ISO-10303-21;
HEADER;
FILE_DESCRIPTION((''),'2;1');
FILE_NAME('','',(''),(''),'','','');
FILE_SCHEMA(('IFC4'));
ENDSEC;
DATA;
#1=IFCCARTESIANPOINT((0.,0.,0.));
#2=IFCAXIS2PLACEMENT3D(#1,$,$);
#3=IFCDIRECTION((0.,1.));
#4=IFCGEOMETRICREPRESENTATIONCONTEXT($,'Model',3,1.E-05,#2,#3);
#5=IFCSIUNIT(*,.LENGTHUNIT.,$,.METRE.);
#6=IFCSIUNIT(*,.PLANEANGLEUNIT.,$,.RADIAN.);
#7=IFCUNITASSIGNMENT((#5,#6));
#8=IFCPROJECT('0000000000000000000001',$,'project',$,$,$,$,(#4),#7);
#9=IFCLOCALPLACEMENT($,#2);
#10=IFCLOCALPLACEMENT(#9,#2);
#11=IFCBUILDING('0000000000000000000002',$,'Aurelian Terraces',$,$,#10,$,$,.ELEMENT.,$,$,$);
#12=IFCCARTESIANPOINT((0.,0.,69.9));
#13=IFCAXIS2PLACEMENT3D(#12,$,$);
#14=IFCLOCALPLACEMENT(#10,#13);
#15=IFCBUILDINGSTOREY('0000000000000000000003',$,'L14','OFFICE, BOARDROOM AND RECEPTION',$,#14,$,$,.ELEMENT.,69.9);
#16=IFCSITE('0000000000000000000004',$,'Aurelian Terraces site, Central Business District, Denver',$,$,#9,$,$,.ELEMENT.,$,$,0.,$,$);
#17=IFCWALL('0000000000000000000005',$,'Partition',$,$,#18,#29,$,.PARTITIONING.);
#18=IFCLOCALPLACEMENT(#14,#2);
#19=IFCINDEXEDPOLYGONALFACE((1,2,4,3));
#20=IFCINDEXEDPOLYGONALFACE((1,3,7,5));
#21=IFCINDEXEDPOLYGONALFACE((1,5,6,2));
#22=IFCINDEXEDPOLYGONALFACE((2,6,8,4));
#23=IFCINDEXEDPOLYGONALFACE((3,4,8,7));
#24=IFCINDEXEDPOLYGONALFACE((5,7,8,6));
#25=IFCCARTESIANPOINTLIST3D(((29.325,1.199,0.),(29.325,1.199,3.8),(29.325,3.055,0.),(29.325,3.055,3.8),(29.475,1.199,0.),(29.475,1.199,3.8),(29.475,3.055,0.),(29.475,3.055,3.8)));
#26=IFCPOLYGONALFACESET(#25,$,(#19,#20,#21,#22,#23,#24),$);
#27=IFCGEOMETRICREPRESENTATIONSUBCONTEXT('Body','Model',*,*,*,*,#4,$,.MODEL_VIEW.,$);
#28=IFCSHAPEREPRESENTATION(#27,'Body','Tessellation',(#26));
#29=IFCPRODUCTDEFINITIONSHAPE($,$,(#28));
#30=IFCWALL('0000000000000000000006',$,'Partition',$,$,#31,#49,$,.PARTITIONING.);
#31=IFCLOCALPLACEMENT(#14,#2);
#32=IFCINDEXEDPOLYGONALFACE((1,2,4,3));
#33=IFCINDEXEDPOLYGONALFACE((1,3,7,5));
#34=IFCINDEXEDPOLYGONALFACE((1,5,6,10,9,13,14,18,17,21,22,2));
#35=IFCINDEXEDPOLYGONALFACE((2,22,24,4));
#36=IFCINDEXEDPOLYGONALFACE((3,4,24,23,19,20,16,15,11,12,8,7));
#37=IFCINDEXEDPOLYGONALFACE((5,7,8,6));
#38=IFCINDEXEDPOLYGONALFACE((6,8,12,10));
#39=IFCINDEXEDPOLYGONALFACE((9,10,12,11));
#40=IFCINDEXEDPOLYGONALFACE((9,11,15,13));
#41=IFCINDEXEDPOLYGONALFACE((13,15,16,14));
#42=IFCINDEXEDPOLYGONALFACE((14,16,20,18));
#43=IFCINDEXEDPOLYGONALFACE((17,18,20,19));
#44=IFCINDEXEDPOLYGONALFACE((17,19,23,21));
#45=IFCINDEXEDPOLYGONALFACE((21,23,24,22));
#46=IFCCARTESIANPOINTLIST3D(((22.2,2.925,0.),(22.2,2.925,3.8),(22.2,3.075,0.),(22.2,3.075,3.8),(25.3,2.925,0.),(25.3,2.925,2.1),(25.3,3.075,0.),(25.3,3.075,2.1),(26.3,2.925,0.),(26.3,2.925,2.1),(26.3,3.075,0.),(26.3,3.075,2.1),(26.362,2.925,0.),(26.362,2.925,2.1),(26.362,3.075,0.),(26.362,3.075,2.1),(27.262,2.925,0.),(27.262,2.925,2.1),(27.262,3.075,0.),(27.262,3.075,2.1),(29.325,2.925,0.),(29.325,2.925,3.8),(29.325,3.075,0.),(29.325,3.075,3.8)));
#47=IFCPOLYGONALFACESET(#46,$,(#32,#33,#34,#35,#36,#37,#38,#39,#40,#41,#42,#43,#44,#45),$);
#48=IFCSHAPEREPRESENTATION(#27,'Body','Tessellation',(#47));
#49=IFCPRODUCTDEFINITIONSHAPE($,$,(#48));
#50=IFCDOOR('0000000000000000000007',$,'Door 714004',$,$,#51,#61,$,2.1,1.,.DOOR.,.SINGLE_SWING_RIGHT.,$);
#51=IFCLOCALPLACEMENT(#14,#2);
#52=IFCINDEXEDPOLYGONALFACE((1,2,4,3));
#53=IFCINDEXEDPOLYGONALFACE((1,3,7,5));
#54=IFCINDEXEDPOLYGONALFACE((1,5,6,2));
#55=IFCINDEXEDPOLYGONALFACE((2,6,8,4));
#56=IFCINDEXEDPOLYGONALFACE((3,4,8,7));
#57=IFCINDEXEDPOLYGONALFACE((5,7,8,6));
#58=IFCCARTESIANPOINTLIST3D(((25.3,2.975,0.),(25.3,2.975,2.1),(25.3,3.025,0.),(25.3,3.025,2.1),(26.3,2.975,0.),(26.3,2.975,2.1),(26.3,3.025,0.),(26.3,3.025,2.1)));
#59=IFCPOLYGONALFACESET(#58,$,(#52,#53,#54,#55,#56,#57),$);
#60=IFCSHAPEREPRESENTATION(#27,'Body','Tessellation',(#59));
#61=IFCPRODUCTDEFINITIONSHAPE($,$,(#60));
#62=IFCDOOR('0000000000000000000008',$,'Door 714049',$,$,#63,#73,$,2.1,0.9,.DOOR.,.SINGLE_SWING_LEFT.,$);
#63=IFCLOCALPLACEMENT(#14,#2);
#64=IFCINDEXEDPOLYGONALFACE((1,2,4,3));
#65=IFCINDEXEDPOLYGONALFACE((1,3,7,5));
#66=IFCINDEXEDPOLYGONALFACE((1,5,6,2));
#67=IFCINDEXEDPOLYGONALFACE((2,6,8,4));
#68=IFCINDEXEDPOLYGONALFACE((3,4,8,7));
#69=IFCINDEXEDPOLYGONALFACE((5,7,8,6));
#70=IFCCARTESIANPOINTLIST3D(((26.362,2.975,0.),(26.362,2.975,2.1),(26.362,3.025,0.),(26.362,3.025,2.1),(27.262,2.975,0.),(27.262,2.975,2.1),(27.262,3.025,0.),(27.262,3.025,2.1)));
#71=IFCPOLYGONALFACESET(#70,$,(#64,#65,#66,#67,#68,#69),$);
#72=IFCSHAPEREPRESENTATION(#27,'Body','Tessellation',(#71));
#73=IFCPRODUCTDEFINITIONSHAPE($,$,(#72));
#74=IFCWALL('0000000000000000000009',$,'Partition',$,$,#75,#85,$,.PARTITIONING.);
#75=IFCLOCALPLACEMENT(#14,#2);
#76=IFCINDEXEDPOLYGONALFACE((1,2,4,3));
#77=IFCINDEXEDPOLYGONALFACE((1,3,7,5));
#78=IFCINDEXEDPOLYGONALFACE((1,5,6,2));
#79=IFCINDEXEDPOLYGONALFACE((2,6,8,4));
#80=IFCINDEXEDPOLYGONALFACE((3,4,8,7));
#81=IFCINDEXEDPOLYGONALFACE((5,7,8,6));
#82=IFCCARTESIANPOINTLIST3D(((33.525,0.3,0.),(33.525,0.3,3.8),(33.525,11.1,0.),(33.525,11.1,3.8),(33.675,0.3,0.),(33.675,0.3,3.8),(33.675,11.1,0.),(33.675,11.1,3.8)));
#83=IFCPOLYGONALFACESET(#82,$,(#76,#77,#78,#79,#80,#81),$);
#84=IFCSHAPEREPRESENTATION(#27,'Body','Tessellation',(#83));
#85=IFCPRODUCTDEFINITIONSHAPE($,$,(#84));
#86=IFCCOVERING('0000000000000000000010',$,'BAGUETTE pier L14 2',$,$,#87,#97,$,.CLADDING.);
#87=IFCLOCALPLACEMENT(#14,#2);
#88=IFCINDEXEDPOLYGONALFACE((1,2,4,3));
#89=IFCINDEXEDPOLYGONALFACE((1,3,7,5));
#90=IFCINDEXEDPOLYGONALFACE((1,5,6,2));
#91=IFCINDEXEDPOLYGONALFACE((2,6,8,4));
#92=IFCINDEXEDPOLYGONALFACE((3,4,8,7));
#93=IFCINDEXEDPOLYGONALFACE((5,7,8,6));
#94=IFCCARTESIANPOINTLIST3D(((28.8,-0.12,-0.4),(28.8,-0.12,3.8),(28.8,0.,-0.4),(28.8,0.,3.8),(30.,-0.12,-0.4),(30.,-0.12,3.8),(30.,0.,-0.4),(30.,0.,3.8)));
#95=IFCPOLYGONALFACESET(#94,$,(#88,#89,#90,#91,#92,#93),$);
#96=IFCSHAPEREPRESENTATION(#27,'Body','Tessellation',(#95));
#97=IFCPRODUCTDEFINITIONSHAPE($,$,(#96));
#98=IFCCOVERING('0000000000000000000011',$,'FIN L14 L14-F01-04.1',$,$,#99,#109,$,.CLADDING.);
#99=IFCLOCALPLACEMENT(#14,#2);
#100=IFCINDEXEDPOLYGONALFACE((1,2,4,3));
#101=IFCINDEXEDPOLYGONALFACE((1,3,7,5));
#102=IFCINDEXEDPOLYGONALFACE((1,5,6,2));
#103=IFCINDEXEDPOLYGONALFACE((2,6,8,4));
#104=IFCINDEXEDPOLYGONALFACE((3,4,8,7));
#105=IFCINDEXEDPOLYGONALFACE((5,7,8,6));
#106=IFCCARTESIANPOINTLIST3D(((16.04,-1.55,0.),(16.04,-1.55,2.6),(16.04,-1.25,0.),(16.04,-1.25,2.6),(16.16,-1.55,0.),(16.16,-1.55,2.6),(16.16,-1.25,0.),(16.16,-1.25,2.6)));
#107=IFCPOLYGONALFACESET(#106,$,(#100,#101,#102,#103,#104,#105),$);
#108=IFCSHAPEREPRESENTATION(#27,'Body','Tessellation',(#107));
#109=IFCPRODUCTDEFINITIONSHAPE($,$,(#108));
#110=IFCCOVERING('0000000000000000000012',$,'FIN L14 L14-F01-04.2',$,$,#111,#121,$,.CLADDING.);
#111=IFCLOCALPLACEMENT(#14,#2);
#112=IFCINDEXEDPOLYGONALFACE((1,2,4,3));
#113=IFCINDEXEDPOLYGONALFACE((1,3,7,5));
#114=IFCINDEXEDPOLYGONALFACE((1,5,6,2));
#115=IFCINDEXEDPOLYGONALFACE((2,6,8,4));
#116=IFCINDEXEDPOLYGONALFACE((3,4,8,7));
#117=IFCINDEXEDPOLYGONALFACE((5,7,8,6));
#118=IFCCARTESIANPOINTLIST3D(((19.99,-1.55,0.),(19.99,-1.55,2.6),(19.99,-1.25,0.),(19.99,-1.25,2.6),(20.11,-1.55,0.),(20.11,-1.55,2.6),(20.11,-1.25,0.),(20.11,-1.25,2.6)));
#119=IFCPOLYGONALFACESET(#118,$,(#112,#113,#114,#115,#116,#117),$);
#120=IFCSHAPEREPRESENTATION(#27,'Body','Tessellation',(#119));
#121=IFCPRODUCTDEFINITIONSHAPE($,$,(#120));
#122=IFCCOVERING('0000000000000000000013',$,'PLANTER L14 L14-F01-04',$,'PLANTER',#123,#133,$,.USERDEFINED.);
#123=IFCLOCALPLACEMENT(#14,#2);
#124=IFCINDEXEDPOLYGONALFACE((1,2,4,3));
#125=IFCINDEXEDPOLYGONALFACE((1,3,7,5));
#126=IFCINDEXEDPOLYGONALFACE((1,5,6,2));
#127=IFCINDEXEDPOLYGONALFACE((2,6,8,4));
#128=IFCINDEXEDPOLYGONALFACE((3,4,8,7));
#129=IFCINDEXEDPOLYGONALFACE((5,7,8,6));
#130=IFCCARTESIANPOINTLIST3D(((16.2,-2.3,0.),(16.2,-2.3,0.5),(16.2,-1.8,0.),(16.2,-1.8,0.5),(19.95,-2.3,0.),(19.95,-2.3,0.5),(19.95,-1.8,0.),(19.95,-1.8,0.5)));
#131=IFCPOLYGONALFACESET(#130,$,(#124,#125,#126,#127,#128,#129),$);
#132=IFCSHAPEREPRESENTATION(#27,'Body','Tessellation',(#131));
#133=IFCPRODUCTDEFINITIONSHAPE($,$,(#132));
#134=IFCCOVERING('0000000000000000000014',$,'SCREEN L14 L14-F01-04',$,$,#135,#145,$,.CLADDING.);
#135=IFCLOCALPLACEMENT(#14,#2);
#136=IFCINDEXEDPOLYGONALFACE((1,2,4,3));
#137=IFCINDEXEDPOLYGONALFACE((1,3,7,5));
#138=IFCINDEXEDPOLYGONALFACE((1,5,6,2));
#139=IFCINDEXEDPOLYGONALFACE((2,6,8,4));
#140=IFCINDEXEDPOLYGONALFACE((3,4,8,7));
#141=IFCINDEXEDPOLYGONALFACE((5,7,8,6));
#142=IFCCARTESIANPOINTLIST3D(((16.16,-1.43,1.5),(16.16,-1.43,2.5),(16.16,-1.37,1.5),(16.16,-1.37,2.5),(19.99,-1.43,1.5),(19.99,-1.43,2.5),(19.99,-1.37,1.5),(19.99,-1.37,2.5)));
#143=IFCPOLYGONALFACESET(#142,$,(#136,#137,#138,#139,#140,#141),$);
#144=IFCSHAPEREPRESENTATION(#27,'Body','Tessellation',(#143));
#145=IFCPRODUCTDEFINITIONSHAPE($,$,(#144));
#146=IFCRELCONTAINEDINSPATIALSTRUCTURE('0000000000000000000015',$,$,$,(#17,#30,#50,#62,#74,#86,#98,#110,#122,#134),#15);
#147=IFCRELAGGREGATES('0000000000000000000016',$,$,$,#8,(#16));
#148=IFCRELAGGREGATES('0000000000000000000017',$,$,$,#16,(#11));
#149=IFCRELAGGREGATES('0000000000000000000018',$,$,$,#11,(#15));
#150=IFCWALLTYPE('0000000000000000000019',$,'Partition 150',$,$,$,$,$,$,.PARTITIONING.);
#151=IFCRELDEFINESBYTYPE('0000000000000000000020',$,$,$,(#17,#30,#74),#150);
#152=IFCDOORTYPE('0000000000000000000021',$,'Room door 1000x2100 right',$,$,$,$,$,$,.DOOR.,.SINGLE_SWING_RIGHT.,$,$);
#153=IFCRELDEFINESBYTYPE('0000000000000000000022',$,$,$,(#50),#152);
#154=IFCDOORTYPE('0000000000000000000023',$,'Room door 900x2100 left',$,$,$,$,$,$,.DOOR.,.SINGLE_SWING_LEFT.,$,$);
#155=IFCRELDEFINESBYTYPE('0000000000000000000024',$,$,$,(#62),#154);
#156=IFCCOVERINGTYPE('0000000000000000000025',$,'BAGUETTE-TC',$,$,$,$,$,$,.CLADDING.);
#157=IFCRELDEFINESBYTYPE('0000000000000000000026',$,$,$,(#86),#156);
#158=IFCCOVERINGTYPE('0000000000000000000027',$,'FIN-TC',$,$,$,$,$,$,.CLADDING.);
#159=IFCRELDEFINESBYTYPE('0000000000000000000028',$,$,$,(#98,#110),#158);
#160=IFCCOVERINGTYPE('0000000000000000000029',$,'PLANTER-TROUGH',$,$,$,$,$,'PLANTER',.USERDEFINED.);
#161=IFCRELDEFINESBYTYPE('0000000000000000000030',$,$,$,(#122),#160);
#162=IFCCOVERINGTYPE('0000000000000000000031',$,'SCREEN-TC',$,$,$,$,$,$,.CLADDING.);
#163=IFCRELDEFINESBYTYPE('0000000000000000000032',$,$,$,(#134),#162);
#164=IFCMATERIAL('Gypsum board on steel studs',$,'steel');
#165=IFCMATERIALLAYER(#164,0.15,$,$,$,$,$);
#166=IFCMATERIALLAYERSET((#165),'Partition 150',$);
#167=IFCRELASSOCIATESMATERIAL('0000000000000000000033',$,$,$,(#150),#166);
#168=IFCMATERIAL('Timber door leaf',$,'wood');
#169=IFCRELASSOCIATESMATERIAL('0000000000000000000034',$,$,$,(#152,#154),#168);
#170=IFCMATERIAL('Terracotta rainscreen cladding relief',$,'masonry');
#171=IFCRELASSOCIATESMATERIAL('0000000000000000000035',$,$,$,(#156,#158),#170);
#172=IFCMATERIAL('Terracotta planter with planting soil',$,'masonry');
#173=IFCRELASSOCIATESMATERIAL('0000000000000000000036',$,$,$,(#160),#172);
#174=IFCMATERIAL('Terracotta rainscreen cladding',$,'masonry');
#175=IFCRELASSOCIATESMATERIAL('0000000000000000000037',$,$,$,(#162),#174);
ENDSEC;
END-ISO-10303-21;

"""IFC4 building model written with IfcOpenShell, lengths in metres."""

from ifc_helpers import new_model, si_unit, direction, frame, frame_2d, origin, origin_2d, place, context, subcontext, project, spatial, rectangle, extrude, source, transform, mapped, material, layer, layer_set, type_object, element, fill, save


model = new_model("IFC4")

# Units and contexts
model_context = context("Model", 3, precision=1e-05, world=origin(), true_north=direction((0.0, 1.0)))
body_context = subcontext(model_context, "Body", "Model", "MODEL_VIEW")
ifc_project = project(units=[si_unit("LENGTHUNIT", "METRE"), si_unit("PLANEANGLEUNIT", "RADIAN")], contexts=[model_context])

# Site, building, storey
site_placement = place(None, origin())
site = spatial("IfcSite", under=ifc_project, at=site_placement, Name="Aurelian Terraces site, Central Business District, Denver", CompositionType="ELEMENT", RefElevation=0.0)
building_placement = place(site_placement, origin())
building = spatial("IfcBuilding", under=site, at=building_placement, Name="Aurelian Terraces", CompositionType="ELEMENT")
storey_placement = place(building_placement, frame((0.0, 0.0, 69.9)))
storey = spatial("IfcBuildingStorey", under=building, at=storey_placement, Name="L14", Description="OFFICE, BOARDROOM AND RECEPTION", CompositionType="ELEMENT", Elevation=69.9)

# Shared definitions
ifc_material_1 = material(Name="Terracotta rainscreen cladding", Category="masonry")
ifc_material_2 = material(Name="Timber door leaf", Category="wood")
shared_shape_1 = source(origin(), body_context, "Body", "SweptSolid", [
    extrude(rectangle(XDim=1.0, YDim=2.1, at=frame_2d((0.5, 1.05))), frame((0.0, 0.025, 0.0), z_axis=(0.0, -1.0, 0.0), x_axis=(1.0, 0.0, 0.0)), (0.0, 0.0, 1.0), 0.05),
])

# Wall
ifc_material_3 = material(Name="Gypsum board on steel studs", Category="steel")
ifc_layer_1 = layer(ifc_material_3, 0.15)
ifc_layer_set_1 = layer_set([ifc_layer_1], Name="Partition 150")
wall_type_1 = type_object("IfcWallType", Name="Partition 150", PredefinedType="PARTITIONING", material=ifc_layer_set_1)
shared_shape_2 = source(origin(), body_context, "Body", "SweptSolid", [
    extrude(rectangle(XDim=1.856, YDim=0.15, at=frame_2d((0.928, 0.0))), origin(), (0.0, 0.0, 1.0), 3.8),
])
wall_1_placement = place(storey_placement, frame((29.4, 1.199, 0.0), z_axis=(0.0, 0.0, 1.0), x_axis=(0.0, 1.0, 0.0)))
element("IfcWall", 1, at=wall_1_placement, inside=storey, type_object=wall_type_1, Name="Partition", PredefinedType="PARTITIONING", context=body_context, shape_type="MappedRepresentation", body=[
    mapped(shared_shape_2, transform((0.0, 0.0, 0.0), scale=1.0)),
])

# Wall, openings, doors
shared_shape_3 = source(origin(), body_context, "Body", "SweptSolid", [
    extrude(rectangle(XDim=7.125, YDim=0.15, at=frame_2d((3.5625, 0.0))), origin(), (0.0, 0.0, 1.0), 3.8),
])
wall_2_placement = place(storey_placement, frame((22.2, 3.0, 0.0), z_axis=(0.0, 0.0, 1.0), x_axis=(1.0, 0.0, 0.0)))
wall_2 = element("IfcWall", 2, at=wall_2_placement, inside=storey, type_object=wall_type_1, Name="Partition", PredefinedType="PARTITIONING", context=body_context, shape_type="MappedRepresentation", body=[
    mapped(shared_shape_3, transform((0.0, 0.0, 0.0), scale=1.0)),
])
shared_shape_4 = source(origin(), body_context, "Body", "SweptSolid", [
    extrude(rectangle(XDim=1.0, YDim=2.1, at=frame_2d((0.5, 1.05))), frame((0.0, 0.085, 0.0), z_axis=(0.0, -1.0, 0.0), x_axis=(1.0, 0.0, 0.0)), (0.0, 0.0, 1.0), 0.17),
])
opening_1_placement = place(wall_2_placement, frame((3.1, 0.0, 0.0)))
opening_1 = element("IfcOpeningElement", 3, at=opening_1_placement, cuts=wall_2, PredefinedType="OPENING", context=body_context, shape_type="MappedRepresentation", body=[
    mapped(shared_shape_4, transform((0.0, 0.0, 0.0), scale=1.0)),
])
shared_shape_5 = source(origin(), body_context, "Body", "SweptSolid", [
    extrude(rectangle(XDim=0.9, YDim=2.1, at=frame_2d((0.45, 1.05))), frame((0.0, 0.085, 0.0), z_axis=(0.0, -1.0, 0.0), x_axis=(1.0, 0.0, 0.0)), (0.0, 0.0, 1.0), 0.17),
])
opening_2_placement = place(wall_2_placement, frame((4.162, 0.0, 0.0)))
opening_2 = element("IfcOpeningElement", 4, at=opening_2_placement, cuts=wall_2, PredefinedType="OPENING", context=body_context, shape_type="MappedRepresentation", body=[
    mapped(shared_shape_5, transform((0.0, 0.0, 0.0), scale=1.0)),
])
door_type_1 = type_object("IfcDoorType", Name="Room door 1000x2100 right", OperationType="SINGLE_SWING_RIGHT", PredefinedType="DOOR", material=ifc_material_2)
door_1_placement = place(opening_1_placement, origin())
door_1 = element("IfcDoor", 5, at=door_1_placement, inside=storey, type_object=door_type_1, Name="Door 714004", OperationType="SINGLE_SWING_RIGHT", OverallHeight=2.1, OverallWidth=1.0, PredefinedType="DOOR", context=body_context, shape_type="MappedRepresentation", body=[
    mapped(shared_shape_1, transform((0.0, 0.0, 0.0), scale=1.0)),
])
fill(opening_1, door_1)
door_type_2 = type_object("IfcDoorType", Name="Room door 900x2100 left", OperationType="SINGLE_SWING_LEFT", PredefinedType="DOOR", material=ifc_material_2)
shared_shape_6 = source(origin(), body_context, "Body", "SweptSolid", [
    extrude(rectangle(XDim=0.9, YDim=2.1, at=frame_2d((0.45, 1.05))), frame((0.0, 0.025, 0.0), z_axis=(0.0, -1.0, 0.0), x_axis=(1.0, 0.0, 0.0)), (0.0, 0.0, 1.0), 0.05),
])
door_2_placement = place(opening_2_placement, origin())
door_2 = element("IfcDoor", 6, at=door_2_placement, inside=storey, type_object=door_type_2, Name="Door 714049", OperationType="SINGLE_SWING_LEFT", OverallHeight=2.1, OverallWidth=0.9, PredefinedType="DOOR", context=body_context, shape_type="MappedRepresentation", body=[
    mapped(shared_shape_6, transform((0.0, 0.0, 0.0), scale=1.0)),
])
fill(opening_2, door_2)

# Wall
shared_shape_7 = source(origin(), body_context, "Body", "SweptSolid", [
    extrude(rectangle(XDim=10.8, YDim=0.15, at=frame_2d((5.4, 0.0))), origin(), (0.0, 0.0, 1.0), 3.8),
])
wall_3_placement = place(storey_placement, frame((33.6, 0.3, 0.0), z_axis=(0.0, 0.0, 1.0), x_axis=(0.0, 1.0, 0.0)))
element("IfcWall", 7, at=wall_3_placement, inside=storey, type_object=wall_type_1, Name="Partition", PredefinedType="PARTITIONING", context=body_context, shape_type="MappedRepresentation", body=[
    mapped(shared_shape_7, transform((0.0, 0.0, 0.0), scale=1.0)),
])

# Coverings
ifc_material_4 = material(Name="Terracotta rainscreen cladding relief", Category="masonry")
covering_type_1 = type_object("IfcCoveringType", Name="BAGUETTE-TC", PredefinedType="CLADDING", material=ifc_material_4)
shared_shape_8 = source(origin(), body_context, "Body", "SweptSolid", [
    extrude(rectangle(XDim=1.2, YDim=0.12, at=origin_2d()), origin(), (0.0, 0.0, 1.0), 4.2),
])
covering_1_placement = place(storey_placement, frame((29.4, -0.06, -0.4), z_axis=(0.0, 0.0, 1.0), x_axis=(1.0, 0.0, 0.0)))
element("IfcCovering", 8, at=covering_1_placement, inside=storey, type_object=covering_type_1, Name="BAGUETTE pier L14 2", PredefinedType="CLADDING", context=body_context, shape_type="MappedRepresentation", body=[
    mapped(shared_shape_8, transform((0.0, 0.0, 0.0), scale=1.0)),
])
covering_type_2 = type_object("IfcCoveringType", Name="FIN-TC", PredefinedType="CLADDING", material=ifc_material_4)
shared_shape_9 = source(origin(), body_context, "Body", "SweptSolid", [
    extrude(rectangle(XDim=0.12, YDim=0.3, at=origin_2d()), origin(), (0.0, 0.0, 1.0), 2.6),
])
for number, where, z_axis, x_axis, name in (
    (9, (16.1, -1.4, 0.0), (0.0, 0.0, 1.0), (1.0, 0.0, 0.0), "FIN L14 L14-F01-04.1"),
    (10, (20.05, -1.4, 0.0), (0.0, 0.0, 1.0), (1.0, 0.0, 0.0), "FIN L14 L14-F01-04.2"),
):
    element("IfcCovering", number, at=place(storey_placement, frame(where, z_axis=z_axis, x_axis=x_axis)), inside=storey, type_object=covering_type_2, Name=name, PredefinedType="CLADDING", context=body_context, shape_type="MappedRepresentation", body=[
        mapped(shared_shape_9, transform((0.0, 0.0, 0.0), scale=1.0)),
    ])
ifc_material_5 = material(Name="Terracotta planter with planting soil", Category="masonry")
covering_type_3 = type_object("IfcCoveringType", Name="PLANTER-TROUGH", ElementType="PLANTER", PredefinedType="USERDEFINED", material=ifc_material_5)
shared_shape_10 = source(origin(), body_context, "Body", "SweptSolid", [
    extrude(rectangle(XDim=3.75, YDim=0.5, at=origin_2d()), origin(), (0.0, 0.0, 1.0), 0.5),
])
covering_2_placement = place(storey_placement, frame((18.075, -2.05, 0.0), z_axis=(0.0, 0.0, 1.0), x_axis=(1.0, 0.0, 0.0)))
element("IfcCovering", 11, at=covering_2_placement, inside=storey, type_object=covering_type_3, Name="PLANTER L14 L14-F01-04", ObjectType="PLANTER", PredefinedType="USERDEFINED", context=body_context, shape_type="MappedRepresentation", body=[
    mapped(shared_shape_10, transform((0.0, 0.0, 0.0), scale=1.0)),
])
covering_type_4 = type_object("IfcCoveringType", Name="SCREEN-TC", PredefinedType="CLADDING", material=ifc_material_1)
shared_shape_11 = source(origin(), body_context, "Body", "SweptSolid", [
    extrude(rectangle(XDim=3.83, YDim=0.06, at=origin_2d()), origin(), (0.0, 0.0, 1.0), 1.0),
])
covering_3_placement = place(storey_placement, frame((18.075, -1.4, 1.5), z_axis=(0.0, 0.0, 1.0), x_axis=(1.0, 0.0, 0.0)))
element("IfcCovering", 12, at=covering_3_placement, inside=storey, type_object=covering_type_4, Name="SCREEN L14 L14-F01-04", PredefinedType="CLADDING", context=body_context, shape_type="MappedRepresentation", body=[
    mapped(shared_shape_11, transform((0.0, 0.0, 0.0), scale=1.0)),
])

save(model, "model.ifc")
